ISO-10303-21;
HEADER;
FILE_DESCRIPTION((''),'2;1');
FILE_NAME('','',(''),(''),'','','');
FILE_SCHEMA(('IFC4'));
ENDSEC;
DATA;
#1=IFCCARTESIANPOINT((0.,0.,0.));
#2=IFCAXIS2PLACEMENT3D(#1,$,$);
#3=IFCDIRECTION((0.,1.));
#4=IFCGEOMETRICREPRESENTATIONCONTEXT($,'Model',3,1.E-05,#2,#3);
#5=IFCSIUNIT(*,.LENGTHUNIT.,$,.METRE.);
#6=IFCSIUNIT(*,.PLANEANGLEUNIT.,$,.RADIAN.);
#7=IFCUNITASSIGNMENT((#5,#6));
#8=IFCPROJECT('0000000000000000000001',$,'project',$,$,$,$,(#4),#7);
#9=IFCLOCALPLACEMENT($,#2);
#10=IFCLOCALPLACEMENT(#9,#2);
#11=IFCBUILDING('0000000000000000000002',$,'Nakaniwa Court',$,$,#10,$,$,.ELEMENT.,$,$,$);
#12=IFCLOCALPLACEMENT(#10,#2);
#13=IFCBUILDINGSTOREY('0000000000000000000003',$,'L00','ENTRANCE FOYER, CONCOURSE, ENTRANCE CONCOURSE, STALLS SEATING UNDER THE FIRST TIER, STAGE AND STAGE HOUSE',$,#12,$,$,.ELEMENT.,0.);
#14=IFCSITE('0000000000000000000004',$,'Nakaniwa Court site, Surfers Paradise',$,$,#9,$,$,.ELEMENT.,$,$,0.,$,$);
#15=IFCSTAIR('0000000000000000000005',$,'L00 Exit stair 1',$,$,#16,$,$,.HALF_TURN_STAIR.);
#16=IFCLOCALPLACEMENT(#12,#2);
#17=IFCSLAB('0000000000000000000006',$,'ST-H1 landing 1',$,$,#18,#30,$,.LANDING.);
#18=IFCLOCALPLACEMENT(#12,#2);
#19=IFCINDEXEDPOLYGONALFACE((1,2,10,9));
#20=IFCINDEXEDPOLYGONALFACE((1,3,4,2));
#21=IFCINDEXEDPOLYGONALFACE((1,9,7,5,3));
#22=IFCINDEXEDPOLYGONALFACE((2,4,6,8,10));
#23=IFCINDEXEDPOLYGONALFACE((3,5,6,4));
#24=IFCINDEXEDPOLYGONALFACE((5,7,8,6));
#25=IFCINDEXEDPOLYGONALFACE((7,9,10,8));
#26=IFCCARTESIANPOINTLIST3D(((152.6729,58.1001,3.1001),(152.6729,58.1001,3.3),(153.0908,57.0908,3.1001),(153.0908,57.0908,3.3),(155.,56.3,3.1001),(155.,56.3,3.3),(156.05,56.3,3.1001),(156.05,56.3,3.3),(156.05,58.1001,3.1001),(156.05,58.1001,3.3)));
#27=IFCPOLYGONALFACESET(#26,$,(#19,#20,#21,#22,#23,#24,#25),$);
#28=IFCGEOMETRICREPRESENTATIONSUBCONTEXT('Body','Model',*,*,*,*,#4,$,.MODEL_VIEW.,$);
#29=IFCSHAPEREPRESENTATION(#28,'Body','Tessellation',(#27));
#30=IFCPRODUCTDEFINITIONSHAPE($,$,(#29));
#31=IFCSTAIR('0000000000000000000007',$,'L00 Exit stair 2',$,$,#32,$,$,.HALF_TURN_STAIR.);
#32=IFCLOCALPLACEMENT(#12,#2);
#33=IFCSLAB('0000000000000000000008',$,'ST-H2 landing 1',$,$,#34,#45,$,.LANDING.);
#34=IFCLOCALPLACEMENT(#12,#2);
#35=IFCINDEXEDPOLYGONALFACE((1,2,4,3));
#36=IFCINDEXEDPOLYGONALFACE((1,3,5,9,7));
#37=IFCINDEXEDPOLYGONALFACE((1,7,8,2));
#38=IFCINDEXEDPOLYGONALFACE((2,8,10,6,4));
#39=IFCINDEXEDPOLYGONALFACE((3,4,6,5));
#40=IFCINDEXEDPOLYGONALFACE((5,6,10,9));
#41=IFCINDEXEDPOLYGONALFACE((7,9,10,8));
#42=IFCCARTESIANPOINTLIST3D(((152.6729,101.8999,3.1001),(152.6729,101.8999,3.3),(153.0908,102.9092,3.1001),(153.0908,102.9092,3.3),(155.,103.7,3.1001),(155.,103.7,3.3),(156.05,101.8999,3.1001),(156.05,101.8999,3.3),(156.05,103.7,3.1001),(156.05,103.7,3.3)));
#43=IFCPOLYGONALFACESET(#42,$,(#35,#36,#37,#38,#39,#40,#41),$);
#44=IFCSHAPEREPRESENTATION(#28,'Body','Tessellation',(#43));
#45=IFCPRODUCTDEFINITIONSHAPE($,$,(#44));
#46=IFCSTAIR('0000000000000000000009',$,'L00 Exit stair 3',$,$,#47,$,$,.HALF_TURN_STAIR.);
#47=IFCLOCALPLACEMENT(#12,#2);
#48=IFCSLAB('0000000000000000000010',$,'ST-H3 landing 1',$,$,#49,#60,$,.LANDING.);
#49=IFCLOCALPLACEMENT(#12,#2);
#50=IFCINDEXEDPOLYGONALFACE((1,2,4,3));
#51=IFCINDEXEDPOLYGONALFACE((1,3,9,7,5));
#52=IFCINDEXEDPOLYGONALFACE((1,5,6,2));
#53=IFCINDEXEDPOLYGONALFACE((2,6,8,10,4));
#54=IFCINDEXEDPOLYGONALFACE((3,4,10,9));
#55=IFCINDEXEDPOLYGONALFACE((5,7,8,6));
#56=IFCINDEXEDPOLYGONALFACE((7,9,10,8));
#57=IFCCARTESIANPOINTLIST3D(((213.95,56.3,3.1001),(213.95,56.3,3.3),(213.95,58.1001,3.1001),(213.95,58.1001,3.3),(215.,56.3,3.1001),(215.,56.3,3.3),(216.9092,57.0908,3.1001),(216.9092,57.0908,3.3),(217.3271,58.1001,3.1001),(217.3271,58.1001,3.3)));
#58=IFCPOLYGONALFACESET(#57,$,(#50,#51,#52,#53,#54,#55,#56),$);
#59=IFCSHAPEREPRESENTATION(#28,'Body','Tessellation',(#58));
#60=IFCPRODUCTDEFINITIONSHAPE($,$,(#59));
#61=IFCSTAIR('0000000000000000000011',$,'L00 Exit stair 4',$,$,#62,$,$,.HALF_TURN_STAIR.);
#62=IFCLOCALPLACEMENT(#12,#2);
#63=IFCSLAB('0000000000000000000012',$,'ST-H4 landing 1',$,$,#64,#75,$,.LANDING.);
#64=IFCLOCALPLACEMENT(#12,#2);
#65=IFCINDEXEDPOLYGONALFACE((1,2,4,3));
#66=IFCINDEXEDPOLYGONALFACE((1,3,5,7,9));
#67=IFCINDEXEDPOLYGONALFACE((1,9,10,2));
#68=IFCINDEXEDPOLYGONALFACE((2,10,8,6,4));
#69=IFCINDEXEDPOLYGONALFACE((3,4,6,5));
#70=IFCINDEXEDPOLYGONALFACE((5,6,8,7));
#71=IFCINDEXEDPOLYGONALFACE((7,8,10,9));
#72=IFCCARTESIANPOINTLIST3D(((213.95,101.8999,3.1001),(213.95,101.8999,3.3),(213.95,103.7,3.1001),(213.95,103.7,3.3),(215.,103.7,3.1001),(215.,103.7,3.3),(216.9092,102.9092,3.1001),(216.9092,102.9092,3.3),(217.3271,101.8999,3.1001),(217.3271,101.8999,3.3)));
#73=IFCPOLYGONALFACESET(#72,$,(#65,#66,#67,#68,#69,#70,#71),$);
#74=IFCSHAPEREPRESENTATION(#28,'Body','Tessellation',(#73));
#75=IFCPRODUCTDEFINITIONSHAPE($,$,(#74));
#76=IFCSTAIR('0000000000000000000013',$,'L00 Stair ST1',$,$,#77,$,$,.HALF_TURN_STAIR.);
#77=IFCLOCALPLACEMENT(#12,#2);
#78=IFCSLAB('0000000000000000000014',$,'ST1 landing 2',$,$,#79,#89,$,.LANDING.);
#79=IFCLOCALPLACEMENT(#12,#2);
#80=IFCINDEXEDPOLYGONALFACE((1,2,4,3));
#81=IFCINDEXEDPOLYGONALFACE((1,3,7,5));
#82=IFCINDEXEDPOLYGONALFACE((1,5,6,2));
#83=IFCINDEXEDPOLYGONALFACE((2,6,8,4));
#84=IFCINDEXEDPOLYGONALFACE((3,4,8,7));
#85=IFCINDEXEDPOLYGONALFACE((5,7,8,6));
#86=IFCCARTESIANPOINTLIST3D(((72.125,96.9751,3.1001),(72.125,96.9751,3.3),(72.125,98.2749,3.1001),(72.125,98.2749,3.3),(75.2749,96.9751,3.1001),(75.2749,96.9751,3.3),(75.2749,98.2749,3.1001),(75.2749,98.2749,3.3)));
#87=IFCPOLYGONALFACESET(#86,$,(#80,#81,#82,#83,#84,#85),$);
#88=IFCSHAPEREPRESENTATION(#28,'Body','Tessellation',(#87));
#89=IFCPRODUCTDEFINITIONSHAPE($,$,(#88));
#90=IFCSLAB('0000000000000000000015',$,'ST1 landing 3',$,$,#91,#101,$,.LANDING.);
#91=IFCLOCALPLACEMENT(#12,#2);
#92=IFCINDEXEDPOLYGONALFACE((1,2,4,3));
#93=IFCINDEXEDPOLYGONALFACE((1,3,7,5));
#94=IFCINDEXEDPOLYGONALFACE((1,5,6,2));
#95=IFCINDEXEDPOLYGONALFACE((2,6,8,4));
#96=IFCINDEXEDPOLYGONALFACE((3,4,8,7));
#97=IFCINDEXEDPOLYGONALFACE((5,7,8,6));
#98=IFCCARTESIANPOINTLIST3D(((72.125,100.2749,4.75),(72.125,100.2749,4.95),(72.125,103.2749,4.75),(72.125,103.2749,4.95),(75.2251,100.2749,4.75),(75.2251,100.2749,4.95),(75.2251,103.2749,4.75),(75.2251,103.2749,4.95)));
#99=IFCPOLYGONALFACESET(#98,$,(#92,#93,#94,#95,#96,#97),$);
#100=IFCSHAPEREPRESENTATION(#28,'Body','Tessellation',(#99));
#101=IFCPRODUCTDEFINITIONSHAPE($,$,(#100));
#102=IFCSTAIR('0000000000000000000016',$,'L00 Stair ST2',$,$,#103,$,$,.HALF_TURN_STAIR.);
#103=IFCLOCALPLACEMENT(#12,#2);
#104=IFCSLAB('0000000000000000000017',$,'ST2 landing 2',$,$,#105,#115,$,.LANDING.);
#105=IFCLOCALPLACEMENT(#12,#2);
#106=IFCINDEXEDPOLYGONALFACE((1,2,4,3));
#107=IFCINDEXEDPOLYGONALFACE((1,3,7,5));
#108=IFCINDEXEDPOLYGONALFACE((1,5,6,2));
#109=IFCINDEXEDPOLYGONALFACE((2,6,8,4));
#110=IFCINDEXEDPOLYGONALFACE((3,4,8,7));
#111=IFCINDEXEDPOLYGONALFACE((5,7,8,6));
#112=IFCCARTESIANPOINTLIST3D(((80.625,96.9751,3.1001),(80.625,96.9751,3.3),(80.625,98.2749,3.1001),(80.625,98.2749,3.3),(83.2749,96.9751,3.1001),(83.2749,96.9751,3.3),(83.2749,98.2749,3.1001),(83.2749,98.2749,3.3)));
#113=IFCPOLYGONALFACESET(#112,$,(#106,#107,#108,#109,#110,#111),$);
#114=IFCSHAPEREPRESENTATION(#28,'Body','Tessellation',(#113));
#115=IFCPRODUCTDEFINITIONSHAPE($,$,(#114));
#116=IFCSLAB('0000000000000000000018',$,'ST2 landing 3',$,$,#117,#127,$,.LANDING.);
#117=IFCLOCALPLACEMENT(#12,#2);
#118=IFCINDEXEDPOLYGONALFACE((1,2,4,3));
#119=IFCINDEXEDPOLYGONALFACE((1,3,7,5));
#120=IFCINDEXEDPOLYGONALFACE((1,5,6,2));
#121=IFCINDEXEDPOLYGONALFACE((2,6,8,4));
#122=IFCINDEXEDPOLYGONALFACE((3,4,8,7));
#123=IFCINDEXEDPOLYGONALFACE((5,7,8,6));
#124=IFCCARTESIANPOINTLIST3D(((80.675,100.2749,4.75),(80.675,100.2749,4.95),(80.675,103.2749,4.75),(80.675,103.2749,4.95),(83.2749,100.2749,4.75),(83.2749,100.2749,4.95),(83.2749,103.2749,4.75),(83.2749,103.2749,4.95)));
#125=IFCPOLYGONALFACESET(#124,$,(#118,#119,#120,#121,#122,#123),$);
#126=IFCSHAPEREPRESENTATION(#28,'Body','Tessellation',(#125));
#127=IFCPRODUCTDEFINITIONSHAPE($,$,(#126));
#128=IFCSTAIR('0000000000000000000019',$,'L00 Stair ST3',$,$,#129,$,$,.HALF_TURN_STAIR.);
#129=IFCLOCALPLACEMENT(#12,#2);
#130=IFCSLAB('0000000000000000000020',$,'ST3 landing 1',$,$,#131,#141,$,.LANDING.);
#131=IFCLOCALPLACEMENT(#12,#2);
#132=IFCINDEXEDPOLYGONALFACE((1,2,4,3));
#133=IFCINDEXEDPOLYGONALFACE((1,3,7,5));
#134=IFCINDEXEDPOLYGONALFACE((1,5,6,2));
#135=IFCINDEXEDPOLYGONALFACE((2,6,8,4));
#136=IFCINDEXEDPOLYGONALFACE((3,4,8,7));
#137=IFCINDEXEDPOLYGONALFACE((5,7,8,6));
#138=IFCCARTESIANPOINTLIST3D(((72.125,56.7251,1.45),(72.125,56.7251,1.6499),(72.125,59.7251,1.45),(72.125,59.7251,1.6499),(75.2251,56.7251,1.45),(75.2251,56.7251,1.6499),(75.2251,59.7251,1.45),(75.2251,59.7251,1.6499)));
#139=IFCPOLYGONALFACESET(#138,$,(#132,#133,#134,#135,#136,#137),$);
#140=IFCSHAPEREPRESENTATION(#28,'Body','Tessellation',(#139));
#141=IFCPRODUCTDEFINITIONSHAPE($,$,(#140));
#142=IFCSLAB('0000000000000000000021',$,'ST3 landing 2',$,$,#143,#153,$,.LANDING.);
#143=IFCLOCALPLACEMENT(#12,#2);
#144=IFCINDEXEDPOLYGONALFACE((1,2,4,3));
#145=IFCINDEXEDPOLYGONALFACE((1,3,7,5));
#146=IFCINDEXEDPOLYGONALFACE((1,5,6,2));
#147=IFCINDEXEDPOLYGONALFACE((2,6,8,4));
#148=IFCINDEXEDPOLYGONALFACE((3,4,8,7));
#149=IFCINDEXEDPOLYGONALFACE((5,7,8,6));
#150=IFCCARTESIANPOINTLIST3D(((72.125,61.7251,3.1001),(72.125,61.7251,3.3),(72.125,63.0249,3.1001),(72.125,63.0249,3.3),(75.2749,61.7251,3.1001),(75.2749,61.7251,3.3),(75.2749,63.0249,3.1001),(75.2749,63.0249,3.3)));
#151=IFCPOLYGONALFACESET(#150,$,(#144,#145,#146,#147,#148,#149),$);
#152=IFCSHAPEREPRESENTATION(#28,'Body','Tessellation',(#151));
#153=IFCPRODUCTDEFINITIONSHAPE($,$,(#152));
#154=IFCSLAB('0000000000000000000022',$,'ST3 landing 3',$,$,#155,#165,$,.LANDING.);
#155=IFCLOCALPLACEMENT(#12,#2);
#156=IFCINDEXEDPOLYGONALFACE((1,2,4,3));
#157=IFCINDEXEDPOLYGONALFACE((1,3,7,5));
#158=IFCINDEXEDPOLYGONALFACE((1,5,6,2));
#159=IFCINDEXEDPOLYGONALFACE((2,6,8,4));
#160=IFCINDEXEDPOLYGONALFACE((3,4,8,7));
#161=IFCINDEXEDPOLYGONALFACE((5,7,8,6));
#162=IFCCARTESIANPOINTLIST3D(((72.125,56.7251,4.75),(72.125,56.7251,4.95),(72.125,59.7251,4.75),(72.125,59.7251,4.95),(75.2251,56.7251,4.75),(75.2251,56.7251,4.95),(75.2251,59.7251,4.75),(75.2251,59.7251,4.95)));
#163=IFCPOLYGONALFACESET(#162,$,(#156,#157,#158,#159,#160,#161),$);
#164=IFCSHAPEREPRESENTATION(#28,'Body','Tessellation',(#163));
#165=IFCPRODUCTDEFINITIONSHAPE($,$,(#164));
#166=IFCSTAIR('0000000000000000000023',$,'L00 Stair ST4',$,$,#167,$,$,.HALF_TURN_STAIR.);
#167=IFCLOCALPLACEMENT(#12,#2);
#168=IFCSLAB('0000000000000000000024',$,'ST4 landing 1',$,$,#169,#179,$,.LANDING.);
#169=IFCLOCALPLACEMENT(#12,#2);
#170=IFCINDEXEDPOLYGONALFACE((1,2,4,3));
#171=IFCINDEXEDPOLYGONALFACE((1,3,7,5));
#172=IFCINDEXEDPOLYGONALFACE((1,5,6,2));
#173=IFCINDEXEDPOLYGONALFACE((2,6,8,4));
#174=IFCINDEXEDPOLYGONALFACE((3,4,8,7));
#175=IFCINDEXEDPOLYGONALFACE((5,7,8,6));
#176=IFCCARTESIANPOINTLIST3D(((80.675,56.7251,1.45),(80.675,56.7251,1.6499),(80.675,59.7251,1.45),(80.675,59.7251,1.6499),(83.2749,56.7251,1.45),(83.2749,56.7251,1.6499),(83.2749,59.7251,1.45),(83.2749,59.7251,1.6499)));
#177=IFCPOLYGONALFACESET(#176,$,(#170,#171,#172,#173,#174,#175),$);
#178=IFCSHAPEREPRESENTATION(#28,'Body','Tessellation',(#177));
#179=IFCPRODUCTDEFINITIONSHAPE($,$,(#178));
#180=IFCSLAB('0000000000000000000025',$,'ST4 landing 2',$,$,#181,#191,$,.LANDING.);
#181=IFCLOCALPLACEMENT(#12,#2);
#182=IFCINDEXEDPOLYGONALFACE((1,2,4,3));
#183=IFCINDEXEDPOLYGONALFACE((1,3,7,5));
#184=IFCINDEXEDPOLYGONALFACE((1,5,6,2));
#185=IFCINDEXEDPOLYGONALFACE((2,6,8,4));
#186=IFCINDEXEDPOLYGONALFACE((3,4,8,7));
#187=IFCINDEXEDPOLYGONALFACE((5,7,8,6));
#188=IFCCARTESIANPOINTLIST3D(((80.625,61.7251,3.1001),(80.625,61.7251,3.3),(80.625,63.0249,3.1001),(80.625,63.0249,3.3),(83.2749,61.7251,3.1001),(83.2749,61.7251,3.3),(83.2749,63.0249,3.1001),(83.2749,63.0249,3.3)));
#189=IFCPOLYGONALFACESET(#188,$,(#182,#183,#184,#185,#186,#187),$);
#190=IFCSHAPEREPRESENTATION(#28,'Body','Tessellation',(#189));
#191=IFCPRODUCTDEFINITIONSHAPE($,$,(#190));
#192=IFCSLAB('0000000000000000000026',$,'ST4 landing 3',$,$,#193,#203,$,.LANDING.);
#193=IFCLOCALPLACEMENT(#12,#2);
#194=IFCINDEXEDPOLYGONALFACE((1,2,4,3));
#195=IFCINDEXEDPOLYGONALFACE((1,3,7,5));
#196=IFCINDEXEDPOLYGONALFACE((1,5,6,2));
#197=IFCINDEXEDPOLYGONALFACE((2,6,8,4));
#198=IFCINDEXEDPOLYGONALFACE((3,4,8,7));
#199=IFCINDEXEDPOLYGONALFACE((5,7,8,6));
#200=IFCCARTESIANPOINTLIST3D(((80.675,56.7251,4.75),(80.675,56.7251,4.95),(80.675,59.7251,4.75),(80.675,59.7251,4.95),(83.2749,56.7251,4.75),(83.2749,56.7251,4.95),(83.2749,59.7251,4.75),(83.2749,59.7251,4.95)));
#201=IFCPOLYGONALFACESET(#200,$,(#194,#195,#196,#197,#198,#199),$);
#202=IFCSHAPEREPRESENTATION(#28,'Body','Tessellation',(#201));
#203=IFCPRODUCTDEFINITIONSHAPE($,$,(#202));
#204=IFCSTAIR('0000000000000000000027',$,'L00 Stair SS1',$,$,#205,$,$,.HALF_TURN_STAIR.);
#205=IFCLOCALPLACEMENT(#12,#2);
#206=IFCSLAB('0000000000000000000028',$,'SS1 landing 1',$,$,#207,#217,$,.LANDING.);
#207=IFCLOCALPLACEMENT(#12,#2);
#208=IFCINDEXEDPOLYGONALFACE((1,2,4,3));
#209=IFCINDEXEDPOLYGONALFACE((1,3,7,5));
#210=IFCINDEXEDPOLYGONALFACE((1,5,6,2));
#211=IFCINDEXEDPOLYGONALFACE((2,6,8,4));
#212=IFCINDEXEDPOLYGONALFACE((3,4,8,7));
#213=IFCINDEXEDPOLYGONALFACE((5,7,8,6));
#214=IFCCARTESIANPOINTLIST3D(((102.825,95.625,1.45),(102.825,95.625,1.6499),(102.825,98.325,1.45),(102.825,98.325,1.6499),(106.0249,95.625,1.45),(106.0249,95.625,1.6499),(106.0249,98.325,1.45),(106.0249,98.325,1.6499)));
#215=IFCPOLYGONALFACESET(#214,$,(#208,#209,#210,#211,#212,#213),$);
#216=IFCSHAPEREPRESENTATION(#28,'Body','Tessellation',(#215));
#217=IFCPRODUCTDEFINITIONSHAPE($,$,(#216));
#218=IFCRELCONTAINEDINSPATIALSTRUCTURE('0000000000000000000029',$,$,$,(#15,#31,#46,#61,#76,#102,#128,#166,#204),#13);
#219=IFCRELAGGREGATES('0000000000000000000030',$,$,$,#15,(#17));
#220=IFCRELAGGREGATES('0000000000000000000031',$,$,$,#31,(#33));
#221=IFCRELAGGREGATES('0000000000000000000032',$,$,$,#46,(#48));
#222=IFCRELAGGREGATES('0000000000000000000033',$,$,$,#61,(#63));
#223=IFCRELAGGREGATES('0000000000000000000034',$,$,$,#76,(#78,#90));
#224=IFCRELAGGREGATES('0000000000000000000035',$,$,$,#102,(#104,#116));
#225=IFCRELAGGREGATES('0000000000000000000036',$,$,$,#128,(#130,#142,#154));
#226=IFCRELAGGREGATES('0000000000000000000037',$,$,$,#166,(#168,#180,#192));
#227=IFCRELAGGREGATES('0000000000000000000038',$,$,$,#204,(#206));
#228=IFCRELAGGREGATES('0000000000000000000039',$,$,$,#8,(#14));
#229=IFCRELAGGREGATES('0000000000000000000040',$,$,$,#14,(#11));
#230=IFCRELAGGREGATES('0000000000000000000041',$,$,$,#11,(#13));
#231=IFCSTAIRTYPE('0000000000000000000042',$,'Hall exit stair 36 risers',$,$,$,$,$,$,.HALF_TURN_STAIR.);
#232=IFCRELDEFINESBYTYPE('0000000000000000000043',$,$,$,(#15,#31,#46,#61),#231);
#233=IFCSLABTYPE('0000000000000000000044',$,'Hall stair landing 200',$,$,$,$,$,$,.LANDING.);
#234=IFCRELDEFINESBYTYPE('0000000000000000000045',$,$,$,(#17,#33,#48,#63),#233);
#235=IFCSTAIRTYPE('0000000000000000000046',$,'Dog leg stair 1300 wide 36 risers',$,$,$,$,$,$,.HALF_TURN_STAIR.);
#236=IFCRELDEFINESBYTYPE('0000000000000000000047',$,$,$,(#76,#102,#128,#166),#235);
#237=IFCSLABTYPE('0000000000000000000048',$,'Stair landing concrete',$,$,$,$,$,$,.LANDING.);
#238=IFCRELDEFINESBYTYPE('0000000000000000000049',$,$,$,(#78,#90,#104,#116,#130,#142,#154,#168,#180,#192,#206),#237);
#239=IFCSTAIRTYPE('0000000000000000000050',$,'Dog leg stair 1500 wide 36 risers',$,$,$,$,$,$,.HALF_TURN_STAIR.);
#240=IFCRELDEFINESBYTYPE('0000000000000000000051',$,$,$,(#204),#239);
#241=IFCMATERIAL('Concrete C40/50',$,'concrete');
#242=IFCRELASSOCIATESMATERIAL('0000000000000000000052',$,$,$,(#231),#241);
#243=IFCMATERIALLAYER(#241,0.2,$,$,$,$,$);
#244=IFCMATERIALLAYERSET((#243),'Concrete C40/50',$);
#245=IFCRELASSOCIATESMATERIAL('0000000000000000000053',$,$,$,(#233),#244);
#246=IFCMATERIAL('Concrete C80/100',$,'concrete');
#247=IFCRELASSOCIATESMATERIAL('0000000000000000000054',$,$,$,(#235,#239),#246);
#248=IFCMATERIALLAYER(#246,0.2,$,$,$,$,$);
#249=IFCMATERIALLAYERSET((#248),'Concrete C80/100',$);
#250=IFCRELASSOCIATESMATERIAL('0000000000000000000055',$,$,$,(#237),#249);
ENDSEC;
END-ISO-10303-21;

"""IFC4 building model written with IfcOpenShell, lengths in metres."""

from ifc_helpers import new_model, si_unit, direction, frame, origin, place, context, subcontext, project, spatial, polyline, outline, extrude, material, layer, layer_set, type_object, element, aggregate, save


model = new_model("IFC4")

# Units and contexts
model_context = context("Model", 3, precision=1e-05, world=origin(), true_north=direction((0.0, 1.0)))
body_context = subcontext(model_context, "Body", "Model", "MODEL_VIEW")
ifc_project = project(units=[si_unit("LENGTHUNIT", "METRE"), si_unit("PLANEANGLEUNIT", "RADIAN")], contexts=[model_context])

# Site, building, storey
site_placement = place(None, origin())
site = spatial("IfcSite", under=ifc_project, at=site_placement, Name="Nakaniwa Court site, Surfers Paradise", CompositionType="ELEMENT", RefElevation=0.0)
building_placement = place(site_placement, origin())
building = spatial("IfcBuilding", under=site, at=building_placement, Name="Nakaniwa Court", CompositionType="ELEMENT")
storey_placement = place(building_placement, origin())
storey = spatial("IfcBuildingStorey", under=building, at=storey_placement, Name="L00", Description="ENTRANCE FOYER, CONCOURSE, ENTRANCE CONCOURSE, STALLS SEATING UNDER THE FIRST TIER, STAGE AND STAGE HOUSE", CompositionType="ELEMENT", Elevation=0.0)

# Stairs, slabs
ifc_material_1 = material(Name="Concrete C40/50", Category="concrete")
stair_type_1 = type_object("IfcStairType", Name="Hall exit stair 36 risers", PredefinedType="HALF_TURN_STAIR", material=ifc_material_1)
stair_1_placement = place(storey_placement, origin())
stair_1 = element("IfcStair", 1, at=stair_1_placement, inside=storey, type_object=stair_type_1, Name="L00 Exit stair 1", PredefinedType="HALF_TURN_STAIR")
ifc_layer_1 = layer(ifc_material_1, 0.2)
ifc_layer_set_1 = layer_set([ifc_layer_1], Name="Concrete C40/50")
slab_type_1 = type_object("IfcSlabType", Name="Hall stair landing 200", PredefinedType="LANDING", material=ifc_layer_set_1)
slab_1_placement = place(storey_placement, frame((0.0, 0.0, 3.1001)))
slab_1 = element("IfcSlab", 2, at=slab_1_placement, type_object=slab_type_1, Name="ST-H1 landing 1", PredefinedType="LANDING", context=body_context, shape_type="SweptSolid", body=[
    extrude(outline(polyline([(156.05, 56.3), (156.05, 58.1001), (152.6729, 58.1001), (153.0908, 57.0908), (155.0, 56.3), (156.05, 56.3)])), origin(), (0.0, 0.0, 1.0), 0.2),
])
aggregate(stair_1, [slab_1])
stair_2_placement = place(storey_placement, origin())
stair_2 = element("IfcStair", 3, at=stair_2_placement, inside=storey, type_object=stair_type_1, Name="L00 Exit stair 2", PredefinedType="HALF_TURN_STAIR")
slab_2_placement = place(storey_placement, frame((0.0, 0.0, 3.1001)))
slab_2 = element("IfcSlab", 4, at=slab_2_placement, type_object=slab_type_1, Name="ST-H2 landing 1", PredefinedType="LANDING", context=body_context, shape_type="SweptSolid", body=[
    extrude(outline(polyline([(156.05, 103.7), (155.0, 103.7), (153.0908, 102.9092), (152.6729, 101.8999), (156.05, 101.8999), (156.05, 103.7)])), origin(), (0.0, 0.0, 1.0), 0.2),
])
aggregate(stair_2, [slab_2])
stair_3_placement = place(storey_placement, origin())
stair_3 = element("IfcStair", 5, at=stair_3_placement, inside=storey, type_object=stair_type_1, Name="L00 Exit stair 3", PredefinedType="HALF_TURN_STAIR")
slab_3_placement = place(storey_placement, frame((0.0, 0.0, 3.1001)))
slab_3 = element("IfcSlab", 6, at=slab_3_placement, type_object=slab_type_1, Name="ST-H3 landing 1", PredefinedType="LANDING", context=body_context, shape_type="SweptSolid", body=[
    extrude(outline(polyline([(213.95, 56.3), (215.0, 56.3), (216.9092, 57.0908), (217.3271, 58.1001), (213.95, 58.1001), (213.95, 56.3)])), origin(), (0.0, 0.0, 1.0), 0.2),
])
aggregate(stair_3, [slab_3])
stair_4_placement = place(storey_placement, origin())
stair_4 = element("IfcStair", 7, at=stair_4_placement, inside=storey, type_object=stair_type_1, Name="L00 Exit stair 4", PredefinedType="HALF_TURN_STAIR")
slab_4_placement = place(storey_placement, frame((0.0, 0.0, 3.1001)))
slab_4 = element("IfcSlab", 8, at=slab_4_placement, type_object=slab_type_1, Name="ST-H4 landing 1", PredefinedType="LANDING", context=body_context, shape_type="SweptSolid", body=[
    extrude(outline(polyline([(213.95, 103.7), (213.95, 101.8999), (217.3271, 101.8999), (216.9092, 102.9092), (215.0, 103.7), (213.95, 103.7)])), origin(), (0.0, 0.0, 1.0), 0.2),
])
aggregate(stair_4, [slab_4])

# Stairs, slabs
ifc_material_2 = material(Name="Concrete C80/100", Category="concrete")
stair_type_2 = type_object("IfcStairType", Name="Dog leg stair 1300 wide 36 risers", PredefinedType="HALF_TURN_STAIR", material=ifc_material_2)
stair_5_placement = place(storey_placement, origin())
stair_5 = element("IfcStair", 9, at=stair_5_placement, inside=storey, type_object=stair_type_2, Name="L00 Stair ST1", PredefinedType="HALF_TURN_STAIR")
ifc_layer_2 = layer(ifc_material_2, 0.2)
ifc_layer_set_2 = layer_set([ifc_layer_2], Name="Concrete C80/100")
slab_type_2 = type_object("IfcSlabType", Name="Stair landing concrete", PredefinedType="LANDING", material=ifc_layer_set_2)
slab_5_placement = place(storey_placement, frame((0.0, 0.0, 3.1001)))
slab_5 = element("IfcSlab", 10, at=slab_5_placement, type_object=slab_type_2, Name="ST1 landing 2", PredefinedType="LANDING", context=body_context, shape_type="SweptSolid", body=[
    extrude(outline(polyline([(75.2749, 96.9751), (75.2749, 98.2749), (72.125, 98.2749), (72.125, 96.9751), (75.2749, 96.9751)])), origin(), (0.0, 0.0, 1.0), 0.2),
])
slab_6_placement = place(storey_placement, frame((0.0, 0.0, 4.75)))
slab_6 = element("IfcSlab", 11, at=slab_6_placement, type_object=slab_type_2, Name="ST1 landing 3", PredefinedType="LANDING", context=body_context, shape_type="SweptSolid", body=[
    extrude(outline(polyline([(75.2251, 100.2749), (75.2251, 103.2749), (72.125, 103.2749), (72.125, 100.2749), (75.2251, 100.2749)])), origin(), (0.0, 0.0, 1.0), 0.2),
])
aggregate(stair_5, [slab_5, slab_6])
stair_6_placement = place(storey_placement, origin())
stair_6 = element("IfcStair", 12, at=stair_6_placement, inside=storey, type_object=stair_type_2, Name="L00 Stair ST2", PredefinedType="HALF_TURN_STAIR")
slab_7_placement = place(storey_placement, frame((0.0, 0.0, 3.1001)))
slab_7 = element("IfcSlab", 13, at=slab_7_placement, type_object=slab_type_2, Name="ST2 landing 2", PredefinedType="LANDING", context=body_context, shape_type="SweptSolid", body=[
    extrude(outline(polyline([(83.2749, 96.9751), (83.2749, 98.2749), (80.625, 98.2749), (80.625, 96.9751), (83.2749, 96.9751)])), origin(), (0.0, 0.0, 1.0), 0.2),
])
slab_8_placement = place(storey_placement, frame((0.0, 0.0, 4.75)))
slab_8 = element("IfcSlab", 14, at=slab_8_placement, type_object=slab_type_2, Name="ST2 landing 3", PredefinedType="LANDING", context=body_context, shape_type="SweptSolid", body=[
    extrude(outline(polyline([(83.2749, 100.2749), (83.2749, 103.2749), (80.675, 103.2749), (80.675, 100.2749), (83.2749, 100.2749)])), origin(), (0.0, 0.0, 1.0), 0.2),
])
aggregate(stair_6, [slab_7, slab_8])
stair_7_placement = place(storey_placement, origin())
stair_7 = element("IfcStair", 15, at=stair_7_placement, inside=storey, type_object=stair_type_2, Name="L00 Stair ST3", PredefinedType="HALF_TURN_STAIR")
slab_9_placement = place(storey_placement, frame((0.0, 0.0, 1.45)))
slab_9 = element("IfcSlab", 16, at=slab_9_placement, type_object=slab_type_2, Name="ST3 landing 1", PredefinedType="LANDING", context=body_context, shape_type="SweptSolid", body=[
    extrude(outline(polyline([(75.2251, 56.7251), (75.2251, 59.7251), (72.125, 59.7251), (72.125, 56.7251), (75.2251, 56.7251)])), origin(), (0.0, 0.0, 1.0), 0.2),
])
slab_10_placement = place(storey_placement, frame((0.0, 0.0, 3.1001)))
slab_10 = element("IfcSlab", 17, at=slab_10_placement, type_object=slab_type_2, Name="ST3 landing 2", PredefinedType="LANDING", context=body_context, shape_type="SweptSolid", body=[
    extrude(outline(polyline([(75.2749, 61.7251), (75.2749, 63.0249), (72.125, 63.0249), (72.125, 61.7251), (75.2749, 61.7251)])), origin(), (0.0, 0.0, 1.0), 0.2),
])
slab_11_placement = place(storey_placement, frame((0.0, 0.0, 4.75)))
slab_11 = element("IfcSlab", 18, at=slab_11_placement, type_object=slab_type_2, Name="ST3 landing 3", PredefinedType="LANDING", context=body_context, shape_type="SweptSolid", body=[
    extrude(outline(polyline([(75.2251, 56.7251), (75.2251, 59.7251), (72.125, 59.7251), (72.125, 56.7251), (75.2251, 56.7251)])), origin(), (0.0, 0.0, 1.0), 0.2),
])
aggregate(stair_7, [slab_9, slab_10, slab_11])
stair_8_placement = place(storey_placement, origin())
stair_8 = element("IfcStair", 19, at=stair_8_placement, inside=storey, type_object=stair_type_2, Name="L00 Stair ST4", PredefinedType="HALF_TURN_STAIR")
slab_12_placement = place(storey_placement, frame((0.0, 0.0, 1.45)))
slab_12 = element("IfcSlab", 20, at=slab_12_placement, type_object=slab_type_2, Name="ST4 landing 1", PredefinedType="LANDING", context=body_context, shape_type="SweptSolid", body=[
    extrude(outline(polyline([(83.2749, 56.7251), (83.2749, 59.7251), (80.675, 59.7251), (80.675, 56.7251), (83.2749, 56.7251)])), origin(), (0.0, 0.0, 1.0), 0.2),
])
slab_13_placement = place(storey_placement, frame((0.0, 0.0, 3.1001)))
slab_13 = element("IfcSlab", 21, at=slab_13_placement, type_object=slab_type_2, Name="ST4 landing 2", PredefinedType="LANDING", context=body_context, shape_type="SweptSolid", body=[
    extrude(outline(polyline([(83.2749, 61.7251), (83.2749, 63.0249), (80.625, 63.0249), (80.625, 61.7251), (83.2749, 61.7251)])), origin(), (0.0, 0.0, 1.0), 0.2),
])
slab_14_placement = place(storey_placement, frame((0.0, 0.0, 4.75)))
slab_14 = element("IfcSlab", 22, at=slab_14_placement, type_object=slab_type_2, Name="ST4 landing 3", PredefinedType="LANDING", context=body_context, shape_type="SweptSolid", body=[
    extrude(outline(polyline([(83.2749, 56.7251), (83.2749, 59.7251), (80.675, 59.7251), (80.675, 56.7251), (83.2749, 56.7251)])), origin(), (0.0, 0.0, 1.0), 0.2),
])
aggregate(stair_8, [slab_12, slab_13, slab_14])
stair_type_3 = type_object("IfcStairType", Name="Dog leg stair 1500 wide 36 risers", PredefinedType="HALF_TURN_STAIR", material=ifc_material_2)
stair_9_placement = place(storey_placement, origin())
stair_9 = element("IfcStair", 23, at=stair_9_placement, inside=storey, type_object=stair_type_3, Name="L00 Stair SS1", PredefinedType="HALF_TURN_STAIR")
slab_15_placement = place(storey_placement, frame((0.0, 0.0, 1.45)))
slab_15 = element("IfcSlab", 24, at=slab_15_placement, type_object=slab_type_2, Name="SS1 landing 1", PredefinedType="LANDING", context=body_context, shape_type="SweptSolid", body=[
    extrude(outline(polyline([(106.0249, 95.625), (106.0249, 98.325), (102.825, 98.325), (102.825, 95.625), (106.0249, 95.625)])), origin(), (0.0, 0.0, 1.0), 0.2),
])
aggregate(stair_9, [slab_15])

save(model, "model.ifc")
